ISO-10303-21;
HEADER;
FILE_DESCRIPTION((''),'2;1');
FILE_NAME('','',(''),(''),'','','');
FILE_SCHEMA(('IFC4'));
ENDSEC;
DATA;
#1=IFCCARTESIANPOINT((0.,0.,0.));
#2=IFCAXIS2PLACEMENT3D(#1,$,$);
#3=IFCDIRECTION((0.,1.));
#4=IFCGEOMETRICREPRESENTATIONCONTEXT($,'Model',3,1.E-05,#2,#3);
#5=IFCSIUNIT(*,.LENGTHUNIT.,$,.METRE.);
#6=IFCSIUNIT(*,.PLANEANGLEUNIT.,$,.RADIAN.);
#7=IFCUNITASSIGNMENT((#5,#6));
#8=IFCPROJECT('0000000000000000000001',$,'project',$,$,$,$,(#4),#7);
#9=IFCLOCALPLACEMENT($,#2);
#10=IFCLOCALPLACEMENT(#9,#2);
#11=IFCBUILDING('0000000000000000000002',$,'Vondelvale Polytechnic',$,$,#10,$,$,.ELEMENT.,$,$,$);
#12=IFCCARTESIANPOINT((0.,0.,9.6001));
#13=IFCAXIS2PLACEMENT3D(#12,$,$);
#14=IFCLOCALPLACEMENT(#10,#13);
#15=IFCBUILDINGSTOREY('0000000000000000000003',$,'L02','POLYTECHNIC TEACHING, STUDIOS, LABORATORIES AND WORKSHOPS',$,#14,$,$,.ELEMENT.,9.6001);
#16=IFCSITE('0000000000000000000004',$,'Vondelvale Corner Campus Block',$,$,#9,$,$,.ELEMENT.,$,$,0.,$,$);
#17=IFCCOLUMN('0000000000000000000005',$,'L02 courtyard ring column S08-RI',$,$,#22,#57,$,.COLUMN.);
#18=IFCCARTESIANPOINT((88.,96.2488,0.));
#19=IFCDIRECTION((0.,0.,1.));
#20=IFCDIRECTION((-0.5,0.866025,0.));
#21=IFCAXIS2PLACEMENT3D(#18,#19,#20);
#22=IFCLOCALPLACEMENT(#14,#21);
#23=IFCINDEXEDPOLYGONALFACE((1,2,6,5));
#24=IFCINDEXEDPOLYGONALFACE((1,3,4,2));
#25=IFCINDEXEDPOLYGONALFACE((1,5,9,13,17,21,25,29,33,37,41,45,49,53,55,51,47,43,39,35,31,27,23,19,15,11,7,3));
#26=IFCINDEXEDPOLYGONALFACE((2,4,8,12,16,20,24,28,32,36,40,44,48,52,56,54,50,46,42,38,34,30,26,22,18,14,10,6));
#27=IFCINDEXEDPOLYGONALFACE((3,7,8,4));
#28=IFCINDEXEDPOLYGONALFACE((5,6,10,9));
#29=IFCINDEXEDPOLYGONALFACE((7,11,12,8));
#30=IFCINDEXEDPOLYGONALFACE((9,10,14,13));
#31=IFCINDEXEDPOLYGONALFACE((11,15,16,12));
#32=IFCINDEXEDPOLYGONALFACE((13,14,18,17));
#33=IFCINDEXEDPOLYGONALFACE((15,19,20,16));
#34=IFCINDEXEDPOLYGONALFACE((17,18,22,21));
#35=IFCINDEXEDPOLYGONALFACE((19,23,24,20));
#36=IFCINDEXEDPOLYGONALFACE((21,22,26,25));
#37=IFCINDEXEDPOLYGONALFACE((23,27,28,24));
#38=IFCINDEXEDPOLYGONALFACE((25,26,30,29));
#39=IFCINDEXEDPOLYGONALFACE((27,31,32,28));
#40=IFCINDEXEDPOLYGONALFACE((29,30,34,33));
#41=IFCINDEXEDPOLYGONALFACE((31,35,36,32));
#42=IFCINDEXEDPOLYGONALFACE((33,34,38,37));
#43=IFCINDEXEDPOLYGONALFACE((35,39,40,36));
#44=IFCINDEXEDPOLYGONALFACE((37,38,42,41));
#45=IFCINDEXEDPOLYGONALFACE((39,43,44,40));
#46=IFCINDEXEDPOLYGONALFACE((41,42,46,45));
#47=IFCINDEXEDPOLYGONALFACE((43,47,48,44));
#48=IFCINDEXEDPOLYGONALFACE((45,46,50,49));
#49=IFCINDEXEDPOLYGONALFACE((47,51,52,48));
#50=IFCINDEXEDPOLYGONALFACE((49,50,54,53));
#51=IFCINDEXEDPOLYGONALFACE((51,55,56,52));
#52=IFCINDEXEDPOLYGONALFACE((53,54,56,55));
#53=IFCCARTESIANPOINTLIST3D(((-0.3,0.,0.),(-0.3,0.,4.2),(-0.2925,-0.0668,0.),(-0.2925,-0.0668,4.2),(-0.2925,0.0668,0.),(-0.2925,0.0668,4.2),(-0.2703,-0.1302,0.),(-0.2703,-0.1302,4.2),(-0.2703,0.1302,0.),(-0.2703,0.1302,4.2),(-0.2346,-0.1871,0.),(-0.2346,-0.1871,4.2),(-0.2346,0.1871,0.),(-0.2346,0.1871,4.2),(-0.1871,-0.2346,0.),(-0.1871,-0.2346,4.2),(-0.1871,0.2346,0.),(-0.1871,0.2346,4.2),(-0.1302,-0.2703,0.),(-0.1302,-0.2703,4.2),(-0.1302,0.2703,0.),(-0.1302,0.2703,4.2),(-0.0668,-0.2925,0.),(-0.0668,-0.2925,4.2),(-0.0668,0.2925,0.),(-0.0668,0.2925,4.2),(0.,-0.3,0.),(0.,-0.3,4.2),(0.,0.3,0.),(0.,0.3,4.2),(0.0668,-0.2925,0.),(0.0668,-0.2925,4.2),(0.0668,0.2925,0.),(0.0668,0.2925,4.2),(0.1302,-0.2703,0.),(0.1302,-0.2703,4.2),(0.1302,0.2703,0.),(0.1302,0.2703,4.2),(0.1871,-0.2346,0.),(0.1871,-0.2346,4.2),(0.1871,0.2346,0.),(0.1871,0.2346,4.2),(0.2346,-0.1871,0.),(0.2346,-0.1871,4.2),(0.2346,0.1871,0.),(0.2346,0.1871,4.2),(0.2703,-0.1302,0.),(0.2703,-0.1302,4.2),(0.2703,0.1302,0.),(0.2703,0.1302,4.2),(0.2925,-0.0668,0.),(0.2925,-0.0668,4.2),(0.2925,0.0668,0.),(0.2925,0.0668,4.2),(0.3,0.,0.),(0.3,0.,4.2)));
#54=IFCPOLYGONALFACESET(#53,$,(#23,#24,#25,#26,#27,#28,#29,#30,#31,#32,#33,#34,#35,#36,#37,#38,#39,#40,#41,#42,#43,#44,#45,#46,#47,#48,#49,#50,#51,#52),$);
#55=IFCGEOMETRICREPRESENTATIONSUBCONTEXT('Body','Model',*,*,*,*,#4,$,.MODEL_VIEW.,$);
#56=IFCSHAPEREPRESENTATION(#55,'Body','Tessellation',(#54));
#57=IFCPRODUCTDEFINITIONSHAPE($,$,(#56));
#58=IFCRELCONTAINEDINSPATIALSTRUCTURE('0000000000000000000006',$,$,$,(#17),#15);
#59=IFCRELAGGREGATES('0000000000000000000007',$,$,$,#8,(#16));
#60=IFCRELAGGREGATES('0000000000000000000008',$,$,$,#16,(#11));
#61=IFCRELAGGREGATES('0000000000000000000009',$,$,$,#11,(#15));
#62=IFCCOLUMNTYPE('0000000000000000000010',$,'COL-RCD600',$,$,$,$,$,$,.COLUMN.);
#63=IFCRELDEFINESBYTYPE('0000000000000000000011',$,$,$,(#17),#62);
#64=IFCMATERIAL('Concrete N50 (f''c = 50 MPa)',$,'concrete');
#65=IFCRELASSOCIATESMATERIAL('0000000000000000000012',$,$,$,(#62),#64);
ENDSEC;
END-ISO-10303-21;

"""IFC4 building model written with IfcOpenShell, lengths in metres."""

from ifc_helpers import new_model, si_unit, direction, frame, origin, origin_2d, place, context, subcontext, project, spatial, circle, extrude, material, material_profile, profile_set, type_object, element, save


model = new_model("IFC4")

# Units and contexts
model_context = context("Model", 3, precision=1e-05, world=origin(), true_north=direction((0.0, 1.0)))
body_context = subcontext(model_context, "Body", "Model", "MODEL_VIEW")
ifc_project = project(units=[si_unit("LENGTHUNIT", "METRE"), si_unit("PLANEANGLEUNIT", "RADIAN")], contexts=[model_context])

# Site, building, storey
site_placement = place(None, origin())
site = spatial("IfcSite", under=ifc_project, at=site_placement, Name="Vondelvale Corner Campus Block", CompositionType="ELEMENT", RefElevation=0.0)
building_placement = place(site_placement, origin())
building = spatial("IfcBuilding", under=site, at=building_placement, Name="Vondelvale Polytechnic", CompositionType="ELEMENT")
storey_placement = place(building_placement, frame((0.0, 0.0, 9.6001)))
storey = spatial("IfcBuildingStorey", under=building, at=storey_placement, Name="L02", Description="POLYTECHNIC TEACHING, STUDIOS, LABORATORIES AND WORKSHOPS", CompositionType="ELEMENT", Elevation=9.6001)

# Column
ifc_material_1 = material(Name="Concrete N50 (f'c = 50 MPa)", Category="concrete")
ifc_material_profile_1 = material_profile(ifc_material_1, circle(Radius=0.3, at=origin_2d()), Name="RC-COL-D600")
ifc_profile_set_1 = profile_set([ifc_material_profile_1], Name="Concrete N50 (f'c = 50 MPa)")
column_type_1 = type_object("IfcColumnType", Name="COL-RCD600", PredefinedType="COLUMN", material=ifc_profile_set_1)
column_1_placement = place(storey_placement, frame((88.0, 96.2488, 0.0), z_axis=(0.0, 0.0, 1.0), x_axis=(-0.5, 0.866025, 0.0)))
element("IfcColumn", 1, at=column_1_placement, inside=storey, type_object=column_type_1, Name="L02 courtyard ring column S08-RI", PredefinedType="COLUMN", context=body_context, shape_type="SweptSolid", body=[
    extrude(circle(Radius=0.3, at=origin_2d()), origin(), (0.0, 0.0, 1.0), 4.2),
])

save(model, "model.ifc")
